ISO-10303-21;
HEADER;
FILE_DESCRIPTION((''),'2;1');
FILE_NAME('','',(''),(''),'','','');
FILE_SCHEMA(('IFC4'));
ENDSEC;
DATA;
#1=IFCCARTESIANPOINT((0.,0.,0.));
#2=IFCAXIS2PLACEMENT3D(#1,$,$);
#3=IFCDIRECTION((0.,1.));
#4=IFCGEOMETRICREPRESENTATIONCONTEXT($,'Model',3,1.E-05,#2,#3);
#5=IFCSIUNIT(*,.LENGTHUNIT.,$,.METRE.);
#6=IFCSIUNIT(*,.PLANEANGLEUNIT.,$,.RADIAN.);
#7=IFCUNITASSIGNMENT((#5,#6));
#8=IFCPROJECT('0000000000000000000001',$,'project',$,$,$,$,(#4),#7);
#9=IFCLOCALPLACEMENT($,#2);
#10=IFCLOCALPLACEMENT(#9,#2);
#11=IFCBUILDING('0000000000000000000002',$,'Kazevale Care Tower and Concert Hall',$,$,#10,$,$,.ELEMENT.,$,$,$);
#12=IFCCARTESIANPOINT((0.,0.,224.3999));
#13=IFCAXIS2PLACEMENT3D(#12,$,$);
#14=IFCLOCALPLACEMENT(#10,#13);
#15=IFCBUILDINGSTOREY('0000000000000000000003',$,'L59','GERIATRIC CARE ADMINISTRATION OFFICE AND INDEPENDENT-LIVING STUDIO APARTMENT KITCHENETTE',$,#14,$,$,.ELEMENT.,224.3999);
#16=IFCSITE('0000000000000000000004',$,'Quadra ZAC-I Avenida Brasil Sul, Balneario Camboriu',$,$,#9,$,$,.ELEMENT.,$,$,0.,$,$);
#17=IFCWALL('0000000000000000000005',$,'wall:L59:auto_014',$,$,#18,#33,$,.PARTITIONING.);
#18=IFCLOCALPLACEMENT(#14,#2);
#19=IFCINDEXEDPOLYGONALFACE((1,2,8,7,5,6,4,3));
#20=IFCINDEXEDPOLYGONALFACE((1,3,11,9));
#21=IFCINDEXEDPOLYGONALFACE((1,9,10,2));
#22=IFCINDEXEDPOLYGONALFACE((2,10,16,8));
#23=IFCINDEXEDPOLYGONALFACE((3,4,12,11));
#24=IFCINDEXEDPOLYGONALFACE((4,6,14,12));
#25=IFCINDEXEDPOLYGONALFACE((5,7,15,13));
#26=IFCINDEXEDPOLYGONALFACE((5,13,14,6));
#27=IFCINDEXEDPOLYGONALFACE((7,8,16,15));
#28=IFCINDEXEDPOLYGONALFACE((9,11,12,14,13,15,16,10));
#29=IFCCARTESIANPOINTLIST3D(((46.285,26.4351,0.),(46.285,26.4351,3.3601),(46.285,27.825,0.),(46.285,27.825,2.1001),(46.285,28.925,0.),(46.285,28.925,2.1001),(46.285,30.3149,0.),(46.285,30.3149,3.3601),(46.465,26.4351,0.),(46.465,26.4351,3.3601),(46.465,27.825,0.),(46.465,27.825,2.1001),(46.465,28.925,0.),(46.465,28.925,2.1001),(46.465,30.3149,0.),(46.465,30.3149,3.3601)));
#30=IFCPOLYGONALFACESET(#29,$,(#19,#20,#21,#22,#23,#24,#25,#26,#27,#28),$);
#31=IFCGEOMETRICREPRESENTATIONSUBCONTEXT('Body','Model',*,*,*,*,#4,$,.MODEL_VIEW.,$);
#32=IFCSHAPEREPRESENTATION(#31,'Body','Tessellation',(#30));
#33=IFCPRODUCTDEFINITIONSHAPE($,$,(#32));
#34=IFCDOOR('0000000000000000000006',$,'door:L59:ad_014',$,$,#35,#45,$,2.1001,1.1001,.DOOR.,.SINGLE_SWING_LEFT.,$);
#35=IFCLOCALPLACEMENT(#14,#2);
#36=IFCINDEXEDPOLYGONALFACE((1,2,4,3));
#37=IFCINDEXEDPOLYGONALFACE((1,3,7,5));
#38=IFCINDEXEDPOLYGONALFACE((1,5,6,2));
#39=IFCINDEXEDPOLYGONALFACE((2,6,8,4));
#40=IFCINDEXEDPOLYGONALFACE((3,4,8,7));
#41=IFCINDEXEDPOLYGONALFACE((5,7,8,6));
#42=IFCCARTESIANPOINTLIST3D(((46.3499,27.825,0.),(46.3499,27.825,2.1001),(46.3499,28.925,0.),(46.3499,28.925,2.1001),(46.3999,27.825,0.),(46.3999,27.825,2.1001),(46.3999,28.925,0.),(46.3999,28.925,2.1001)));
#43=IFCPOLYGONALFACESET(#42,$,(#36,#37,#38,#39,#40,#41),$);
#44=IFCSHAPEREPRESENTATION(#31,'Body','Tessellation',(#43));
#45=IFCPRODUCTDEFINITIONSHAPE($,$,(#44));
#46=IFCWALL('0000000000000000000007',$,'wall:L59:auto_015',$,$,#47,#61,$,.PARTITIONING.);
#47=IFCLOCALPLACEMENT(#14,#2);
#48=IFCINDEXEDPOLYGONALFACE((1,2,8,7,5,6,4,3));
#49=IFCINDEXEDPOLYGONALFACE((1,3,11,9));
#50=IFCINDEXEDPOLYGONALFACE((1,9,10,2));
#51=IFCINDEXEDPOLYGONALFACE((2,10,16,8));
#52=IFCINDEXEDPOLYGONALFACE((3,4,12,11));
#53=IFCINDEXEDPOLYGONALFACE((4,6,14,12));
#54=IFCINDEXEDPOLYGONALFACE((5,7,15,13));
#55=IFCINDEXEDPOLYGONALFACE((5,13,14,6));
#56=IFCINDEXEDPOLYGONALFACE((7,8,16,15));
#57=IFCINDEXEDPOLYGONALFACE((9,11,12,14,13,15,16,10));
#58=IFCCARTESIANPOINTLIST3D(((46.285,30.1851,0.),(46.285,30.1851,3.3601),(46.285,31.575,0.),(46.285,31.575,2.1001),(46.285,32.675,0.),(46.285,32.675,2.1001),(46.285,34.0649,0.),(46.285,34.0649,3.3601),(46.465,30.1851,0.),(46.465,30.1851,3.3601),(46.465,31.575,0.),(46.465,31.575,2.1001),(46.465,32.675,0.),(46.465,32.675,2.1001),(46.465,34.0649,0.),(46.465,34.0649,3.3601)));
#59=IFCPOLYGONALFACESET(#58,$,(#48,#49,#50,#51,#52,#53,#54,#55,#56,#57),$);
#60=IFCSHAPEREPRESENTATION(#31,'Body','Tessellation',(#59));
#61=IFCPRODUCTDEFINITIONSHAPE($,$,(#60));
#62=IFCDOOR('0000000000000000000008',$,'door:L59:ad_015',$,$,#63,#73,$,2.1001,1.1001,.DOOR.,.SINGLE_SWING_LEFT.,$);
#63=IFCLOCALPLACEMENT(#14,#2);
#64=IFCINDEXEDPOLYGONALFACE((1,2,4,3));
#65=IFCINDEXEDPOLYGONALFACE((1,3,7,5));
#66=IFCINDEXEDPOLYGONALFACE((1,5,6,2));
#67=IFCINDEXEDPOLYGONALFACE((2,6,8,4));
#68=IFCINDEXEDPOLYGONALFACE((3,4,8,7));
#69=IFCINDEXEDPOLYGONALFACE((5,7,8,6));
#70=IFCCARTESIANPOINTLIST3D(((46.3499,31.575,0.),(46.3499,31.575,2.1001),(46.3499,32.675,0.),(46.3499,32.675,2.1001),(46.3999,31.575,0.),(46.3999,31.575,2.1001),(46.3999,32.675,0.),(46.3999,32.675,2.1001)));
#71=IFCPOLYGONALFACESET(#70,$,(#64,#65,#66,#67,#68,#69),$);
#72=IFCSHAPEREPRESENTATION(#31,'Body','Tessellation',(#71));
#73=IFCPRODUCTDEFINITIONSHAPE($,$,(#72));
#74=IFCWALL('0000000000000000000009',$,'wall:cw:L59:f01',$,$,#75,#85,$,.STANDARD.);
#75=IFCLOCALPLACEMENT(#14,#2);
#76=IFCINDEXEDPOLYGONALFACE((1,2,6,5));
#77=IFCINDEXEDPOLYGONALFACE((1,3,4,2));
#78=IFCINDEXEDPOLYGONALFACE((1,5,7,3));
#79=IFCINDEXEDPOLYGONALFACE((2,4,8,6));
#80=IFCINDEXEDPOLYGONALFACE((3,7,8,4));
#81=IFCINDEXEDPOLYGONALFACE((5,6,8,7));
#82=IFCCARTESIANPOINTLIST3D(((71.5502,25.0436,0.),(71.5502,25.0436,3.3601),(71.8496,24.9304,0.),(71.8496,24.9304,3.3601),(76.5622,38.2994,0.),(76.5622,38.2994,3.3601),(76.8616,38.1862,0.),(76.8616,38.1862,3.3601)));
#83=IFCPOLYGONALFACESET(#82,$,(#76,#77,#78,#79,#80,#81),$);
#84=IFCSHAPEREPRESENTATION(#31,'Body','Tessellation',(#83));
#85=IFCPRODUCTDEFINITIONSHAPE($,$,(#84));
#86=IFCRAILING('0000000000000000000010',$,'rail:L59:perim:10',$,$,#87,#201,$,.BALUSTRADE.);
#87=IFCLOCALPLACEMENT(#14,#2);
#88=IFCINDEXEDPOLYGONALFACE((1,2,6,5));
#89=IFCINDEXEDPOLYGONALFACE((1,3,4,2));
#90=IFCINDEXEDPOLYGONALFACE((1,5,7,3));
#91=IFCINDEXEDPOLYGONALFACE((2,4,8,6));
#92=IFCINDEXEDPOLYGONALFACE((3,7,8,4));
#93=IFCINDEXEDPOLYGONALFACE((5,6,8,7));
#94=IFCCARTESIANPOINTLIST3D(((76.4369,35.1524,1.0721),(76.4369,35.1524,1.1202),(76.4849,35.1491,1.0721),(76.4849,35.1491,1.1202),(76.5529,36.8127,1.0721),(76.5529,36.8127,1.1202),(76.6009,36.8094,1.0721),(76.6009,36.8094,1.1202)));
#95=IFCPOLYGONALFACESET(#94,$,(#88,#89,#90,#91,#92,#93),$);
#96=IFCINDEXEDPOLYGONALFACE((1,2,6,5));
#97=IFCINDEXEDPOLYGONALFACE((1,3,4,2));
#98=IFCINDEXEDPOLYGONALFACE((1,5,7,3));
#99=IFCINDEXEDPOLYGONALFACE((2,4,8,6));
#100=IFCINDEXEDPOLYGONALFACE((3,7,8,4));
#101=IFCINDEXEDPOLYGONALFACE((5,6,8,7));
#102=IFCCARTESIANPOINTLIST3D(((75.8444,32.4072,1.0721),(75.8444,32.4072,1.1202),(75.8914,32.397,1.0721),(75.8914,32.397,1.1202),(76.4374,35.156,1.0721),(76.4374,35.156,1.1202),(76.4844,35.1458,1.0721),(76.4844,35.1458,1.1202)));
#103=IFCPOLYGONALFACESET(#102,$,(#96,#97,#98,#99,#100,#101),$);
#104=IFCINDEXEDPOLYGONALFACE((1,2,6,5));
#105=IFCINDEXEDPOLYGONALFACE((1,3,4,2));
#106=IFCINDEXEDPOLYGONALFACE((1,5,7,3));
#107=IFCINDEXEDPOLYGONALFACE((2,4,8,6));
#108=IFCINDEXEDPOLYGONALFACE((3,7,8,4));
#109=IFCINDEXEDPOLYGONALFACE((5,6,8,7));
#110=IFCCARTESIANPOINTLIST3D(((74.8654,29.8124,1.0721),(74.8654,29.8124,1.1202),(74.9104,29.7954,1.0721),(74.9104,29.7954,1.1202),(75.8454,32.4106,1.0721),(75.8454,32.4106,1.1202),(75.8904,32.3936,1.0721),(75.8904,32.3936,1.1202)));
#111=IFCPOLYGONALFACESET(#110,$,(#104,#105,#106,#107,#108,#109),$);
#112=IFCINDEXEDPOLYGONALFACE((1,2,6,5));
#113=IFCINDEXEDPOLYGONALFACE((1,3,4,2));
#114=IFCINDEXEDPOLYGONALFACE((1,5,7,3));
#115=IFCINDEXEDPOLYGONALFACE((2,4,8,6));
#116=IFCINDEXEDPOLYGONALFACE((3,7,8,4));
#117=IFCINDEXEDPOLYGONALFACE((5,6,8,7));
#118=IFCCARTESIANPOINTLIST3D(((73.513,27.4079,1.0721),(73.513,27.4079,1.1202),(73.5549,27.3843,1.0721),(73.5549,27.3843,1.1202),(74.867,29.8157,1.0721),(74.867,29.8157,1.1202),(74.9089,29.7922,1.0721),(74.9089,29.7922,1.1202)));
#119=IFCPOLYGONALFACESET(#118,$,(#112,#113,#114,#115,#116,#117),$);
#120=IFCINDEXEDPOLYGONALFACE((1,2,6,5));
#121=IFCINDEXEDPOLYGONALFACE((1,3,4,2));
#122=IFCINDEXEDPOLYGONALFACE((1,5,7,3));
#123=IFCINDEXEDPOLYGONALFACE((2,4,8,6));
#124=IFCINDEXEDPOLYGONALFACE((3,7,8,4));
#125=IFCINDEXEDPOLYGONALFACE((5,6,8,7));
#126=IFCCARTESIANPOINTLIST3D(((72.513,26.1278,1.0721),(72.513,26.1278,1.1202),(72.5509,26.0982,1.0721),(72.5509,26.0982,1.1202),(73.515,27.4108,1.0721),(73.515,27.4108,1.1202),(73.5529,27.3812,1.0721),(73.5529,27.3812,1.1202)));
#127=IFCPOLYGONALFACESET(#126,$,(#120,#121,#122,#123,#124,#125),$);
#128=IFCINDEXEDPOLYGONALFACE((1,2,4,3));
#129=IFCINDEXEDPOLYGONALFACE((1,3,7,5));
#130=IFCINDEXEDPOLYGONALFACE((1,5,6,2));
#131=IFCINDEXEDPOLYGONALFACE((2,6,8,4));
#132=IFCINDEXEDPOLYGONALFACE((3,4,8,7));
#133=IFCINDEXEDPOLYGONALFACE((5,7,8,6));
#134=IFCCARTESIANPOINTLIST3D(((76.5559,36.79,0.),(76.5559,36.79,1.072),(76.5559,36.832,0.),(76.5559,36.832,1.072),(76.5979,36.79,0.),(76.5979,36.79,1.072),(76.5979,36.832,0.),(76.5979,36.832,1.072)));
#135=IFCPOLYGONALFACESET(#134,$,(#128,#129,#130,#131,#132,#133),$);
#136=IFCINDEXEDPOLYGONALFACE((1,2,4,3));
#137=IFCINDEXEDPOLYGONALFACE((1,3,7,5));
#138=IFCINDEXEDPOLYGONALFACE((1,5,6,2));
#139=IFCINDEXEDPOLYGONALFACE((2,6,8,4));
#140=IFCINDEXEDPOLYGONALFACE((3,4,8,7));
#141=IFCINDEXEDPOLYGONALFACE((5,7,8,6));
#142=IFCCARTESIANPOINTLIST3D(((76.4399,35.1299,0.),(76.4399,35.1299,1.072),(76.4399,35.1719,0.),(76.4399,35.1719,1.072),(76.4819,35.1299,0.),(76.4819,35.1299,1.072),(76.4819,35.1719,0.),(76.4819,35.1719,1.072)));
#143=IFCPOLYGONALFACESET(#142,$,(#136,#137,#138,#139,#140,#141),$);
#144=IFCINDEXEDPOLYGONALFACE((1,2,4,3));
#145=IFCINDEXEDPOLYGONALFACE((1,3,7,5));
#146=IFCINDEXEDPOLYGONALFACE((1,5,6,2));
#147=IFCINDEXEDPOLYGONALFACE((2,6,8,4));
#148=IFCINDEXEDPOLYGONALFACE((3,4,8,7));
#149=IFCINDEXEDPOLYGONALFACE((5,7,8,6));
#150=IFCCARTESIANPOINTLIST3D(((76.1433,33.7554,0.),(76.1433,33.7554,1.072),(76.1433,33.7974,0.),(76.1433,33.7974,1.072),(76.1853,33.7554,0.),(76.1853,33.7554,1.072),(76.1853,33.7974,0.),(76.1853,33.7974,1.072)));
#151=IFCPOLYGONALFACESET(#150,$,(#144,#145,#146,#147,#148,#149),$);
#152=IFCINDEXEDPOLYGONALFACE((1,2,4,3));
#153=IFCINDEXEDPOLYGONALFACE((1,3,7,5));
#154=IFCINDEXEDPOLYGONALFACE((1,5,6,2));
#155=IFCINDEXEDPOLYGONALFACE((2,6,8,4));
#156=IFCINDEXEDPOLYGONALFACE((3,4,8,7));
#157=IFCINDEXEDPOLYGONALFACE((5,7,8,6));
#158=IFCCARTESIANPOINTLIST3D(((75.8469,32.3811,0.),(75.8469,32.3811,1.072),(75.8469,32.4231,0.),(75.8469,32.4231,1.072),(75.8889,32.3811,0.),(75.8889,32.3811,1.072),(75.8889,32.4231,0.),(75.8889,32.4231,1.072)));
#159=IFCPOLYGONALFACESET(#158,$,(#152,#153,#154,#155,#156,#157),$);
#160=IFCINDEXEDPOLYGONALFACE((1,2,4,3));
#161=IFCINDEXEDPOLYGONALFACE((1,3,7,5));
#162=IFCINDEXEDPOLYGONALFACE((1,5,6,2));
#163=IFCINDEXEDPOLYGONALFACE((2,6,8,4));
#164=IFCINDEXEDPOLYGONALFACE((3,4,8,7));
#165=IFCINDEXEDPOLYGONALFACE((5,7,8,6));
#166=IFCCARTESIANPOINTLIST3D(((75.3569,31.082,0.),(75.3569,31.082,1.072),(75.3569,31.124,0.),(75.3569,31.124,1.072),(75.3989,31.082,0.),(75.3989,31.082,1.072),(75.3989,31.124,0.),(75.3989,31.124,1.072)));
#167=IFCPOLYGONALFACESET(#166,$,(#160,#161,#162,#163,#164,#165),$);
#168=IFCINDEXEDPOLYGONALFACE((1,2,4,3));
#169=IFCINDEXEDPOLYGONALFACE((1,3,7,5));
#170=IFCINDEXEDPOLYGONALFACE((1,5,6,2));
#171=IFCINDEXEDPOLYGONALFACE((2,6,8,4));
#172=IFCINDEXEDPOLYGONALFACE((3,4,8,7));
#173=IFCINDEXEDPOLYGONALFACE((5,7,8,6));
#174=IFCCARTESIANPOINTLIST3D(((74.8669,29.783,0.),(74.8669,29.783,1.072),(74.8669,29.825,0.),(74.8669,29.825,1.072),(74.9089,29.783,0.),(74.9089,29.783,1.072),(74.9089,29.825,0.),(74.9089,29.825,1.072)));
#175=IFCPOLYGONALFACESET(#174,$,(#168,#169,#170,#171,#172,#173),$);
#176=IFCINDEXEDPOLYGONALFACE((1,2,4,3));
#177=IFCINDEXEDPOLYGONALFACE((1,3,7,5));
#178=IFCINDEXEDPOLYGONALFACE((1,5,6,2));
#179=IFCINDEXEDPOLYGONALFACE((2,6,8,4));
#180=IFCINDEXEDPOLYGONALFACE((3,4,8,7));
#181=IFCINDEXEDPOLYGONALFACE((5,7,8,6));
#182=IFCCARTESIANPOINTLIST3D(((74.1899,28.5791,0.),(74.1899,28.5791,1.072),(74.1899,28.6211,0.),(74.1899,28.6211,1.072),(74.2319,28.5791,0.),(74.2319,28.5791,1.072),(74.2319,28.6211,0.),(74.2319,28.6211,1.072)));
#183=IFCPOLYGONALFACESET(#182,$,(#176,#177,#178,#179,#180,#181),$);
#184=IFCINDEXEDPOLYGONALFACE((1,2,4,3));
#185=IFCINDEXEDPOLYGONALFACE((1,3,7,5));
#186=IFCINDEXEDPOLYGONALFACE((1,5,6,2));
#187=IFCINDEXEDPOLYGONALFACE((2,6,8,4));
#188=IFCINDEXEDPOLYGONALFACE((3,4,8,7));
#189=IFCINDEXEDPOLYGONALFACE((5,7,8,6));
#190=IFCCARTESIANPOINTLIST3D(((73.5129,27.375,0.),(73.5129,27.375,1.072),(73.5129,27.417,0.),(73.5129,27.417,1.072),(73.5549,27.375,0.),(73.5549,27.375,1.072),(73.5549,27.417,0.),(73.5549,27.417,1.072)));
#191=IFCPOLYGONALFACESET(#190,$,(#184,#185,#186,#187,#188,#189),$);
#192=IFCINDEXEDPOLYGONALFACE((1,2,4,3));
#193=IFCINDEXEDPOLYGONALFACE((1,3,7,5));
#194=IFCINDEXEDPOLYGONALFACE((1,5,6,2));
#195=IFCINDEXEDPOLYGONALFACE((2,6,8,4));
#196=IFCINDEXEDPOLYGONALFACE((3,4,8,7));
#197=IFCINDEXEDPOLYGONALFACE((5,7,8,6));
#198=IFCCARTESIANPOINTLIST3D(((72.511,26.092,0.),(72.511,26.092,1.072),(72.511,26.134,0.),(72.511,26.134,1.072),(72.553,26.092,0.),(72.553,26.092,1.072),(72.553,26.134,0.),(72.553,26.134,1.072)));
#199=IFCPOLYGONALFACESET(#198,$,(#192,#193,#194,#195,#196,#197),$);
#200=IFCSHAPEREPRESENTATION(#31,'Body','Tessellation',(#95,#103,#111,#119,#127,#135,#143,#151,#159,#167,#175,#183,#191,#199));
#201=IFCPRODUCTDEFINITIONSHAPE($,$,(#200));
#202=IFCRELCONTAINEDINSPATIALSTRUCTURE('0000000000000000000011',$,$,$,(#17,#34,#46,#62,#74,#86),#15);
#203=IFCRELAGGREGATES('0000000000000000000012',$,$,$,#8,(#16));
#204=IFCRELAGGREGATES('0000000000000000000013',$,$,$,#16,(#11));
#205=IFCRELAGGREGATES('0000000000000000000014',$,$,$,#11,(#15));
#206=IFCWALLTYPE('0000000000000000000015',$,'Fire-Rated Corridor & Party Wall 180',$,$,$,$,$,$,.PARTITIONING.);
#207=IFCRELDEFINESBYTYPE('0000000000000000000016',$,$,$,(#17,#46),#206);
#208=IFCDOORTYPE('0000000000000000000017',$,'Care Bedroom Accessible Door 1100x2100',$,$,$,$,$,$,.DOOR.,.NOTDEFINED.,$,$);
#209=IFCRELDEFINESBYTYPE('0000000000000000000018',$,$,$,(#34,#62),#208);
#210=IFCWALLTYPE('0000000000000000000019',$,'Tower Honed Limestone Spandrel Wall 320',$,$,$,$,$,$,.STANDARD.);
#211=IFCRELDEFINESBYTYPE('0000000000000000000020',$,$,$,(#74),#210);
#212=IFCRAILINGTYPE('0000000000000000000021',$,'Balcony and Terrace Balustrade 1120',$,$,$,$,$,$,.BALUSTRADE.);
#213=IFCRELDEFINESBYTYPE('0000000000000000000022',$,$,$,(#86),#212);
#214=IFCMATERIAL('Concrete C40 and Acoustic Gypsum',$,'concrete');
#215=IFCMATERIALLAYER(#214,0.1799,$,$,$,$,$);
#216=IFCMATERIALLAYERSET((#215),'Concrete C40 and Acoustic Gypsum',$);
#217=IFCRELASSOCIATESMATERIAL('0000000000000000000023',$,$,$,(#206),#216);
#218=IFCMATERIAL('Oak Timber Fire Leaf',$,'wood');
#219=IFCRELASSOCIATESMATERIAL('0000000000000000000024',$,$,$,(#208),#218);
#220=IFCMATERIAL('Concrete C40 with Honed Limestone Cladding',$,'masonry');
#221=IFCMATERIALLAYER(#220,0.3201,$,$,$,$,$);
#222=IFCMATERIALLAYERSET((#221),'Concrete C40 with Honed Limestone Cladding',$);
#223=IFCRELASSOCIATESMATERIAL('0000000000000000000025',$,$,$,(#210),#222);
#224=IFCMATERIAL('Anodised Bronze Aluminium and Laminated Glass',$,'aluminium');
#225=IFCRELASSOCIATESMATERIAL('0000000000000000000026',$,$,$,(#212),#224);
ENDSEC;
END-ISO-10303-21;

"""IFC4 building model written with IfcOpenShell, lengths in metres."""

from ifc_helpers import new_model, si_unit, direction, frame, frame_2d, origin, origin_2d, place, context, subcontext, project, spatial, rectangle, extrude, material, layer, layer_set, type_object, element, fill, save


model = new_model("IFC4")

# Units and contexts
model_context = context("Model", 3, precision=1e-05, world=origin(), true_north=direction((0.0, 1.0)))
body_context = subcontext(model_context, "Body", "Model", "MODEL_VIEW")
ifc_project = project(units=[si_unit("LENGTHUNIT", "METRE"), si_unit("PLANEANGLEUNIT", "RADIAN")], contexts=[model_context])

# Site, building, storey
site_placement = place(None, origin())
site = spatial("IfcSite", under=ifc_project, at=site_placement, Name="Quadra ZAC-I Avenida Brasil Sul, Balneario Camboriu", CompositionType="ELEMENT", RefElevation=0.0)
building_placement = place(site_placement, origin())
building = spatial("IfcBuilding", under=site, at=building_placement, Name="Kazevale Care Tower and Concert Hall", CompositionType="ELEMENT")
storey_placement = place(building_placement, frame((0.0, 0.0, 224.3999)))
storey = spatial("IfcBuildingStorey", under=building, at=storey_placement, Name="L59", Description="GERIATRIC CARE ADMINISTRATION OFFICE AND INDEPENDENT-LIVING STUDIO APARTMENT KITCHENETTE", CompositionType="ELEMENT", Elevation=224.3999)

# Walls, openings, doors
ifc_material_1 = material(Name="Concrete C40 and Acoustic Gypsum", Category="concrete")
ifc_layer_1 = layer(ifc_material_1, 0.1799)
ifc_layer_set_1 = layer_set([ifc_layer_1], Name="Concrete C40 and Acoustic Gypsum")
wall_type_1 = type_object("IfcWallType", Name="Fire-Rated Corridor & Party Wall 180", PredefinedType="PARTITIONING", material=ifc_layer_set_1)
ifc_material_2 = material(Name="Oak Timber Fire Leaf", Category="wood")
door_type = type_object("IfcDoorType", Name="Care Bedroom Accessible Door 1100x2100", OperationType="NOTDEFINED", PredefinedType="DOOR", material=ifc_material_2)
wall_1_placement = place(storey_placement, frame((46.375, 30.3149, 0.0), z_axis=(0.0, 0.0, 1.0), x_axis=(0.0, -1.0, 0.0)))
wall_1 = element("IfcWall", 1, at=wall_1_placement, inside=storey, type_object=wall_type_1, Name="wall:L59:auto_014", PredefinedType="PARTITIONING", context=body_context, shape_type="SweptSolid", body=[
    extrude(rectangle(XDim=3.8799, YDim=0.1799, at=frame_2d((1.9399, 0.0))), origin(), (0.0, 0.0, 1.0), 3.3601),
])
opening_1_placement = place(wall_1_placement, frame((1.3899, 0.0, 0.0)))
opening_1 = element("IfcOpeningElement", 2, at=opening_1_placement, cuts=wall_1, PredefinedType="OPENING", context=body_context, shape_type="SweptSolid", body=[
    extrude(rectangle(XDim=1.1001, YDim=2.1001, at=frame_2d((0.55, 1.05))), frame((0.0, 0.0999, 0.0), z_axis=(0.0, -1.0, 0.0), x_axis=(1.0, 0.0, 0.0)), (0.0, 0.0, 1.0), 0.2),
])
door_1_placement = place(opening_1_placement, origin())
door_1 = element("IfcDoor", 3, at=door_1_placement, inside=storey, type_object=door_type, Name="door:L59:ad_014", OperationType="SINGLE_SWING_LEFT", OverallHeight=2.1001, OverallWidth=1.1001, PredefinedType="DOOR", context=body_context, shape_type="SweptSolid", body=[
    extrude(rectangle(XDim=1.1001, YDim=2.1001, at=frame_2d((0.55, 1.05))), frame((0.0, 0.0249, 0.0), z_axis=(0.0, -1.0, 0.0), x_axis=(1.0, 0.0, 0.0)), (0.0, 0.0, 1.0), 0.05),
])
fill(opening_1, door_1)
wall_2_placement = place(storey_placement, frame((46.375, 34.0649, 0.0), z_axis=(0.0, 0.0, 1.0), x_axis=(0.0, -1.0, 0.0)))
wall_2 = element("IfcWall", 4, at=wall_2_placement, inside=storey, type_object=wall_type_1, Name="wall:L59:auto_015", PredefinedType="PARTITIONING", context=body_context, shape_type="SweptSolid", body=[
    extrude(rectangle(XDim=3.8799, YDim=0.1799, at=frame_2d((1.9399, 0.0))), origin(), (0.0, 0.0, 1.0), 3.3601),
])
opening_2_placement = place(wall_2_placement, frame((1.3899, 0.0, 0.0)))
opening_2 = element("IfcOpeningElement", 5, at=opening_2_placement, cuts=wall_2, PredefinedType="OPENING", context=body_context, shape_type="SweptSolid", body=[
    extrude(rectangle(XDim=1.1001, YDim=2.1001, at=frame_2d((0.55, 1.05))), frame((0.0, 0.0999, 0.0), z_axis=(0.0, -1.0, 0.0), x_axis=(1.0, 0.0, 0.0)), (0.0, 0.0, 1.0), 0.2),
])
door_2_placement = place(opening_2_placement, origin())
door_2 = element("IfcDoor", 6, at=door_2_placement, inside=storey, type_object=door_type, Name="door:L59:ad_015", OperationType="SINGLE_SWING_LEFT", OverallHeight=2.1001, OverallWidth=1.1001, PredefinedType="DOOR", context=body_context, shape_type="SweptSolid", body=[
    extrude(rectangle(XDim=1.1001, YDim=2.1001, at=frame_2d((0.55, 1.05))), frame((0.0, 0.0249, 0.0), z_axis=(0.0, -1.0, 0.0), x_axis=(1.0, 0.0, 0.0)), (0.0, 0.0, 1.0), 0.05),
])
fill(opening_2, door_2)

# Wall
ifc_material_3 = material(Name="Concrete C40 with Honed Limestone Cladding", Category="masonry")
ifc_layer_2 = layer(ifc_material_3, 0.3201)
ifc_layer_set_2 = layer_set([ifc_layer_2], Name="Concrete C40 with Honed Limestone Cladding")
wall_type_2 = type_object("IfcWallType", Name="Tower Honed Limestone Spandrel Wall 320", PredefinedType="STANDARD", material=ifc_layer_set_2)
wall_3_placement = place(storey_placement, frame((76.7119, 38.2429, 0.0), z_axis=(0.0, 0.0, 1.0), x_axis=(-0.35366, -0.935374, 0.0)))
element("IfcWall", 7, at=wall_3_placement, inside=storey, type_object=wall_type_2, Name="wall:cw:L59:f01", PredefinedType="STANDARD", context=body_context, shape_type="SweptSolid", body=[
    extrude(rectangle(XDim=14.1716, YDim=0.3201, at=frame_2d((7.0859, 0.0))), origin(), (0.0, 0.0, 1.0), 3.3601),
])

# Railing
ifc_material_4 = material(Name="Anodised Bronze Aluminium and Laminated Glass", Category="aluminium")
railing_type = type_object("IfcRailingType", Name="Balcony and Terrace Balustrade 1120", PredefinedType="BALUSTRADE", material=ifc_material_4)
railing_placement = place(storey_placement, frame((76.5769, 36.811, 0.0)))
element("IfcRailing", 8, at=railing_placement, inside=storey, type_object=railing_type, Name="rail:L59:perim:10", PredefinedType="BALUSTRADE", context=body_context, shape_type="SweptSolid", body=[
    extrude(rectangle(XDim=0.0481, YDim=0.0481, at=origin_2d()), frame((0.0, 0.0, 1.0962), z_axis=(-0.069683, -0.997569, 0.0), x_axis=(0.997569, -0.069683, 0.0)), (0.0, 0.0, 1.0), 1.6643),
    extrude(rectangle(XDim=0.0481, YDim=0.0481, at=origin_2d()), frame((-0.116, -1.6602, 1.0962), z_axis=(-0.210887, -0.977511, 0.0), x_axis=(0.977511, -0.210887, 0.0)), (0.0, 0.0, 1.0), 2.812),
    extrude(rectangle(XDim=0.0481, YDim=0.0481, at=origin_2d()), frame((-0.709, -4.4089, 1.0962), z_axis=(-0.352915, -0.935655, 0.0), x_axis=(0.935655, -0.352915, 0.0)), (0.0, 0.0, 1.0), 2.7769),
    extrude(rectangle(XDim=0.0481, YDim=0.0481, at=origin_2d()), frame((-1.689, -7.0071, 1.0962), z_axis=(-0.490131, -0.871649, 0.0), x_axis=(0.871649, -0.490131, 0.0)), (0.0, 0.0, 1.0), 2.7625),
    extrude(rectangle(XDim=0.0481, YDim=0.0481, at=origin_2d()), frame((-3.043, -9.415, 1.0962), z_axis=(-0.615507, -0.788131, 0.0), x_axis=(0.788131, -0.615507, 0.0)), (0.0, 0.0, 1.0), 1.6279),
    extrude(rectangle(XDim=0.042, YDim=0.042, at=origin_2d()), origin(), (0.0, 0.0, 1.0), 1.072),
    extrude(rectangle(XDim=0.042, YDim=0.042, at=origin_2d()), frame((-0.116, -1.6602, 0.0)), (0.0, 0.0, 1.0), 1.072),
    extrude(rectangle(XDim=0.042, YDim=0.042, at=origin_2d()), frame((-0.4126, -3.0347, 0.0)), (0.0, 0.0, 1.0), 1.072),
    extrude(rectangle(XDim=0.042, YDim=0.042, at=origin_2d()), frame((-0.709, -4.4089, 0.0)), (0.0, 0.0, 1.0), 1.072),
    extrude(rectangle(XDim=0.042, YDim=0.042, at=origin_2d()), frame((-1.199, -5.708, 0.0)), (0.0, 0.0, 1.0), 1.072),
    extrude(rectangle(XDim=0.042, YDim=0.042, at=origin_2d()), frame((-1.689, -7.0071, 0.0)), (0.0, 0.0, 1.0), 1.072),
    extrude(rectangle(XDim=0.042, YDim=0.042, at=origin_2d()), frame((-2.366, -8.2109, 0.0)), (0.0, 0.0, 1.0), 1.072),
    extrude(rectangle(XDim=0.042, YDim=0.042, at=origin_2d()), frame((-3.043, -9.415, 0.0)), (0.0, 0.0, 1.0), 1.072),
    extrude(rectangle(XDim=0.042, YDim=0.042, at=origin_2d()), frame((-4.0449, -10.698, 0.0)), (0.0, 0.0, 1.0), 1.072),
])

save(model, "model.ifc")
